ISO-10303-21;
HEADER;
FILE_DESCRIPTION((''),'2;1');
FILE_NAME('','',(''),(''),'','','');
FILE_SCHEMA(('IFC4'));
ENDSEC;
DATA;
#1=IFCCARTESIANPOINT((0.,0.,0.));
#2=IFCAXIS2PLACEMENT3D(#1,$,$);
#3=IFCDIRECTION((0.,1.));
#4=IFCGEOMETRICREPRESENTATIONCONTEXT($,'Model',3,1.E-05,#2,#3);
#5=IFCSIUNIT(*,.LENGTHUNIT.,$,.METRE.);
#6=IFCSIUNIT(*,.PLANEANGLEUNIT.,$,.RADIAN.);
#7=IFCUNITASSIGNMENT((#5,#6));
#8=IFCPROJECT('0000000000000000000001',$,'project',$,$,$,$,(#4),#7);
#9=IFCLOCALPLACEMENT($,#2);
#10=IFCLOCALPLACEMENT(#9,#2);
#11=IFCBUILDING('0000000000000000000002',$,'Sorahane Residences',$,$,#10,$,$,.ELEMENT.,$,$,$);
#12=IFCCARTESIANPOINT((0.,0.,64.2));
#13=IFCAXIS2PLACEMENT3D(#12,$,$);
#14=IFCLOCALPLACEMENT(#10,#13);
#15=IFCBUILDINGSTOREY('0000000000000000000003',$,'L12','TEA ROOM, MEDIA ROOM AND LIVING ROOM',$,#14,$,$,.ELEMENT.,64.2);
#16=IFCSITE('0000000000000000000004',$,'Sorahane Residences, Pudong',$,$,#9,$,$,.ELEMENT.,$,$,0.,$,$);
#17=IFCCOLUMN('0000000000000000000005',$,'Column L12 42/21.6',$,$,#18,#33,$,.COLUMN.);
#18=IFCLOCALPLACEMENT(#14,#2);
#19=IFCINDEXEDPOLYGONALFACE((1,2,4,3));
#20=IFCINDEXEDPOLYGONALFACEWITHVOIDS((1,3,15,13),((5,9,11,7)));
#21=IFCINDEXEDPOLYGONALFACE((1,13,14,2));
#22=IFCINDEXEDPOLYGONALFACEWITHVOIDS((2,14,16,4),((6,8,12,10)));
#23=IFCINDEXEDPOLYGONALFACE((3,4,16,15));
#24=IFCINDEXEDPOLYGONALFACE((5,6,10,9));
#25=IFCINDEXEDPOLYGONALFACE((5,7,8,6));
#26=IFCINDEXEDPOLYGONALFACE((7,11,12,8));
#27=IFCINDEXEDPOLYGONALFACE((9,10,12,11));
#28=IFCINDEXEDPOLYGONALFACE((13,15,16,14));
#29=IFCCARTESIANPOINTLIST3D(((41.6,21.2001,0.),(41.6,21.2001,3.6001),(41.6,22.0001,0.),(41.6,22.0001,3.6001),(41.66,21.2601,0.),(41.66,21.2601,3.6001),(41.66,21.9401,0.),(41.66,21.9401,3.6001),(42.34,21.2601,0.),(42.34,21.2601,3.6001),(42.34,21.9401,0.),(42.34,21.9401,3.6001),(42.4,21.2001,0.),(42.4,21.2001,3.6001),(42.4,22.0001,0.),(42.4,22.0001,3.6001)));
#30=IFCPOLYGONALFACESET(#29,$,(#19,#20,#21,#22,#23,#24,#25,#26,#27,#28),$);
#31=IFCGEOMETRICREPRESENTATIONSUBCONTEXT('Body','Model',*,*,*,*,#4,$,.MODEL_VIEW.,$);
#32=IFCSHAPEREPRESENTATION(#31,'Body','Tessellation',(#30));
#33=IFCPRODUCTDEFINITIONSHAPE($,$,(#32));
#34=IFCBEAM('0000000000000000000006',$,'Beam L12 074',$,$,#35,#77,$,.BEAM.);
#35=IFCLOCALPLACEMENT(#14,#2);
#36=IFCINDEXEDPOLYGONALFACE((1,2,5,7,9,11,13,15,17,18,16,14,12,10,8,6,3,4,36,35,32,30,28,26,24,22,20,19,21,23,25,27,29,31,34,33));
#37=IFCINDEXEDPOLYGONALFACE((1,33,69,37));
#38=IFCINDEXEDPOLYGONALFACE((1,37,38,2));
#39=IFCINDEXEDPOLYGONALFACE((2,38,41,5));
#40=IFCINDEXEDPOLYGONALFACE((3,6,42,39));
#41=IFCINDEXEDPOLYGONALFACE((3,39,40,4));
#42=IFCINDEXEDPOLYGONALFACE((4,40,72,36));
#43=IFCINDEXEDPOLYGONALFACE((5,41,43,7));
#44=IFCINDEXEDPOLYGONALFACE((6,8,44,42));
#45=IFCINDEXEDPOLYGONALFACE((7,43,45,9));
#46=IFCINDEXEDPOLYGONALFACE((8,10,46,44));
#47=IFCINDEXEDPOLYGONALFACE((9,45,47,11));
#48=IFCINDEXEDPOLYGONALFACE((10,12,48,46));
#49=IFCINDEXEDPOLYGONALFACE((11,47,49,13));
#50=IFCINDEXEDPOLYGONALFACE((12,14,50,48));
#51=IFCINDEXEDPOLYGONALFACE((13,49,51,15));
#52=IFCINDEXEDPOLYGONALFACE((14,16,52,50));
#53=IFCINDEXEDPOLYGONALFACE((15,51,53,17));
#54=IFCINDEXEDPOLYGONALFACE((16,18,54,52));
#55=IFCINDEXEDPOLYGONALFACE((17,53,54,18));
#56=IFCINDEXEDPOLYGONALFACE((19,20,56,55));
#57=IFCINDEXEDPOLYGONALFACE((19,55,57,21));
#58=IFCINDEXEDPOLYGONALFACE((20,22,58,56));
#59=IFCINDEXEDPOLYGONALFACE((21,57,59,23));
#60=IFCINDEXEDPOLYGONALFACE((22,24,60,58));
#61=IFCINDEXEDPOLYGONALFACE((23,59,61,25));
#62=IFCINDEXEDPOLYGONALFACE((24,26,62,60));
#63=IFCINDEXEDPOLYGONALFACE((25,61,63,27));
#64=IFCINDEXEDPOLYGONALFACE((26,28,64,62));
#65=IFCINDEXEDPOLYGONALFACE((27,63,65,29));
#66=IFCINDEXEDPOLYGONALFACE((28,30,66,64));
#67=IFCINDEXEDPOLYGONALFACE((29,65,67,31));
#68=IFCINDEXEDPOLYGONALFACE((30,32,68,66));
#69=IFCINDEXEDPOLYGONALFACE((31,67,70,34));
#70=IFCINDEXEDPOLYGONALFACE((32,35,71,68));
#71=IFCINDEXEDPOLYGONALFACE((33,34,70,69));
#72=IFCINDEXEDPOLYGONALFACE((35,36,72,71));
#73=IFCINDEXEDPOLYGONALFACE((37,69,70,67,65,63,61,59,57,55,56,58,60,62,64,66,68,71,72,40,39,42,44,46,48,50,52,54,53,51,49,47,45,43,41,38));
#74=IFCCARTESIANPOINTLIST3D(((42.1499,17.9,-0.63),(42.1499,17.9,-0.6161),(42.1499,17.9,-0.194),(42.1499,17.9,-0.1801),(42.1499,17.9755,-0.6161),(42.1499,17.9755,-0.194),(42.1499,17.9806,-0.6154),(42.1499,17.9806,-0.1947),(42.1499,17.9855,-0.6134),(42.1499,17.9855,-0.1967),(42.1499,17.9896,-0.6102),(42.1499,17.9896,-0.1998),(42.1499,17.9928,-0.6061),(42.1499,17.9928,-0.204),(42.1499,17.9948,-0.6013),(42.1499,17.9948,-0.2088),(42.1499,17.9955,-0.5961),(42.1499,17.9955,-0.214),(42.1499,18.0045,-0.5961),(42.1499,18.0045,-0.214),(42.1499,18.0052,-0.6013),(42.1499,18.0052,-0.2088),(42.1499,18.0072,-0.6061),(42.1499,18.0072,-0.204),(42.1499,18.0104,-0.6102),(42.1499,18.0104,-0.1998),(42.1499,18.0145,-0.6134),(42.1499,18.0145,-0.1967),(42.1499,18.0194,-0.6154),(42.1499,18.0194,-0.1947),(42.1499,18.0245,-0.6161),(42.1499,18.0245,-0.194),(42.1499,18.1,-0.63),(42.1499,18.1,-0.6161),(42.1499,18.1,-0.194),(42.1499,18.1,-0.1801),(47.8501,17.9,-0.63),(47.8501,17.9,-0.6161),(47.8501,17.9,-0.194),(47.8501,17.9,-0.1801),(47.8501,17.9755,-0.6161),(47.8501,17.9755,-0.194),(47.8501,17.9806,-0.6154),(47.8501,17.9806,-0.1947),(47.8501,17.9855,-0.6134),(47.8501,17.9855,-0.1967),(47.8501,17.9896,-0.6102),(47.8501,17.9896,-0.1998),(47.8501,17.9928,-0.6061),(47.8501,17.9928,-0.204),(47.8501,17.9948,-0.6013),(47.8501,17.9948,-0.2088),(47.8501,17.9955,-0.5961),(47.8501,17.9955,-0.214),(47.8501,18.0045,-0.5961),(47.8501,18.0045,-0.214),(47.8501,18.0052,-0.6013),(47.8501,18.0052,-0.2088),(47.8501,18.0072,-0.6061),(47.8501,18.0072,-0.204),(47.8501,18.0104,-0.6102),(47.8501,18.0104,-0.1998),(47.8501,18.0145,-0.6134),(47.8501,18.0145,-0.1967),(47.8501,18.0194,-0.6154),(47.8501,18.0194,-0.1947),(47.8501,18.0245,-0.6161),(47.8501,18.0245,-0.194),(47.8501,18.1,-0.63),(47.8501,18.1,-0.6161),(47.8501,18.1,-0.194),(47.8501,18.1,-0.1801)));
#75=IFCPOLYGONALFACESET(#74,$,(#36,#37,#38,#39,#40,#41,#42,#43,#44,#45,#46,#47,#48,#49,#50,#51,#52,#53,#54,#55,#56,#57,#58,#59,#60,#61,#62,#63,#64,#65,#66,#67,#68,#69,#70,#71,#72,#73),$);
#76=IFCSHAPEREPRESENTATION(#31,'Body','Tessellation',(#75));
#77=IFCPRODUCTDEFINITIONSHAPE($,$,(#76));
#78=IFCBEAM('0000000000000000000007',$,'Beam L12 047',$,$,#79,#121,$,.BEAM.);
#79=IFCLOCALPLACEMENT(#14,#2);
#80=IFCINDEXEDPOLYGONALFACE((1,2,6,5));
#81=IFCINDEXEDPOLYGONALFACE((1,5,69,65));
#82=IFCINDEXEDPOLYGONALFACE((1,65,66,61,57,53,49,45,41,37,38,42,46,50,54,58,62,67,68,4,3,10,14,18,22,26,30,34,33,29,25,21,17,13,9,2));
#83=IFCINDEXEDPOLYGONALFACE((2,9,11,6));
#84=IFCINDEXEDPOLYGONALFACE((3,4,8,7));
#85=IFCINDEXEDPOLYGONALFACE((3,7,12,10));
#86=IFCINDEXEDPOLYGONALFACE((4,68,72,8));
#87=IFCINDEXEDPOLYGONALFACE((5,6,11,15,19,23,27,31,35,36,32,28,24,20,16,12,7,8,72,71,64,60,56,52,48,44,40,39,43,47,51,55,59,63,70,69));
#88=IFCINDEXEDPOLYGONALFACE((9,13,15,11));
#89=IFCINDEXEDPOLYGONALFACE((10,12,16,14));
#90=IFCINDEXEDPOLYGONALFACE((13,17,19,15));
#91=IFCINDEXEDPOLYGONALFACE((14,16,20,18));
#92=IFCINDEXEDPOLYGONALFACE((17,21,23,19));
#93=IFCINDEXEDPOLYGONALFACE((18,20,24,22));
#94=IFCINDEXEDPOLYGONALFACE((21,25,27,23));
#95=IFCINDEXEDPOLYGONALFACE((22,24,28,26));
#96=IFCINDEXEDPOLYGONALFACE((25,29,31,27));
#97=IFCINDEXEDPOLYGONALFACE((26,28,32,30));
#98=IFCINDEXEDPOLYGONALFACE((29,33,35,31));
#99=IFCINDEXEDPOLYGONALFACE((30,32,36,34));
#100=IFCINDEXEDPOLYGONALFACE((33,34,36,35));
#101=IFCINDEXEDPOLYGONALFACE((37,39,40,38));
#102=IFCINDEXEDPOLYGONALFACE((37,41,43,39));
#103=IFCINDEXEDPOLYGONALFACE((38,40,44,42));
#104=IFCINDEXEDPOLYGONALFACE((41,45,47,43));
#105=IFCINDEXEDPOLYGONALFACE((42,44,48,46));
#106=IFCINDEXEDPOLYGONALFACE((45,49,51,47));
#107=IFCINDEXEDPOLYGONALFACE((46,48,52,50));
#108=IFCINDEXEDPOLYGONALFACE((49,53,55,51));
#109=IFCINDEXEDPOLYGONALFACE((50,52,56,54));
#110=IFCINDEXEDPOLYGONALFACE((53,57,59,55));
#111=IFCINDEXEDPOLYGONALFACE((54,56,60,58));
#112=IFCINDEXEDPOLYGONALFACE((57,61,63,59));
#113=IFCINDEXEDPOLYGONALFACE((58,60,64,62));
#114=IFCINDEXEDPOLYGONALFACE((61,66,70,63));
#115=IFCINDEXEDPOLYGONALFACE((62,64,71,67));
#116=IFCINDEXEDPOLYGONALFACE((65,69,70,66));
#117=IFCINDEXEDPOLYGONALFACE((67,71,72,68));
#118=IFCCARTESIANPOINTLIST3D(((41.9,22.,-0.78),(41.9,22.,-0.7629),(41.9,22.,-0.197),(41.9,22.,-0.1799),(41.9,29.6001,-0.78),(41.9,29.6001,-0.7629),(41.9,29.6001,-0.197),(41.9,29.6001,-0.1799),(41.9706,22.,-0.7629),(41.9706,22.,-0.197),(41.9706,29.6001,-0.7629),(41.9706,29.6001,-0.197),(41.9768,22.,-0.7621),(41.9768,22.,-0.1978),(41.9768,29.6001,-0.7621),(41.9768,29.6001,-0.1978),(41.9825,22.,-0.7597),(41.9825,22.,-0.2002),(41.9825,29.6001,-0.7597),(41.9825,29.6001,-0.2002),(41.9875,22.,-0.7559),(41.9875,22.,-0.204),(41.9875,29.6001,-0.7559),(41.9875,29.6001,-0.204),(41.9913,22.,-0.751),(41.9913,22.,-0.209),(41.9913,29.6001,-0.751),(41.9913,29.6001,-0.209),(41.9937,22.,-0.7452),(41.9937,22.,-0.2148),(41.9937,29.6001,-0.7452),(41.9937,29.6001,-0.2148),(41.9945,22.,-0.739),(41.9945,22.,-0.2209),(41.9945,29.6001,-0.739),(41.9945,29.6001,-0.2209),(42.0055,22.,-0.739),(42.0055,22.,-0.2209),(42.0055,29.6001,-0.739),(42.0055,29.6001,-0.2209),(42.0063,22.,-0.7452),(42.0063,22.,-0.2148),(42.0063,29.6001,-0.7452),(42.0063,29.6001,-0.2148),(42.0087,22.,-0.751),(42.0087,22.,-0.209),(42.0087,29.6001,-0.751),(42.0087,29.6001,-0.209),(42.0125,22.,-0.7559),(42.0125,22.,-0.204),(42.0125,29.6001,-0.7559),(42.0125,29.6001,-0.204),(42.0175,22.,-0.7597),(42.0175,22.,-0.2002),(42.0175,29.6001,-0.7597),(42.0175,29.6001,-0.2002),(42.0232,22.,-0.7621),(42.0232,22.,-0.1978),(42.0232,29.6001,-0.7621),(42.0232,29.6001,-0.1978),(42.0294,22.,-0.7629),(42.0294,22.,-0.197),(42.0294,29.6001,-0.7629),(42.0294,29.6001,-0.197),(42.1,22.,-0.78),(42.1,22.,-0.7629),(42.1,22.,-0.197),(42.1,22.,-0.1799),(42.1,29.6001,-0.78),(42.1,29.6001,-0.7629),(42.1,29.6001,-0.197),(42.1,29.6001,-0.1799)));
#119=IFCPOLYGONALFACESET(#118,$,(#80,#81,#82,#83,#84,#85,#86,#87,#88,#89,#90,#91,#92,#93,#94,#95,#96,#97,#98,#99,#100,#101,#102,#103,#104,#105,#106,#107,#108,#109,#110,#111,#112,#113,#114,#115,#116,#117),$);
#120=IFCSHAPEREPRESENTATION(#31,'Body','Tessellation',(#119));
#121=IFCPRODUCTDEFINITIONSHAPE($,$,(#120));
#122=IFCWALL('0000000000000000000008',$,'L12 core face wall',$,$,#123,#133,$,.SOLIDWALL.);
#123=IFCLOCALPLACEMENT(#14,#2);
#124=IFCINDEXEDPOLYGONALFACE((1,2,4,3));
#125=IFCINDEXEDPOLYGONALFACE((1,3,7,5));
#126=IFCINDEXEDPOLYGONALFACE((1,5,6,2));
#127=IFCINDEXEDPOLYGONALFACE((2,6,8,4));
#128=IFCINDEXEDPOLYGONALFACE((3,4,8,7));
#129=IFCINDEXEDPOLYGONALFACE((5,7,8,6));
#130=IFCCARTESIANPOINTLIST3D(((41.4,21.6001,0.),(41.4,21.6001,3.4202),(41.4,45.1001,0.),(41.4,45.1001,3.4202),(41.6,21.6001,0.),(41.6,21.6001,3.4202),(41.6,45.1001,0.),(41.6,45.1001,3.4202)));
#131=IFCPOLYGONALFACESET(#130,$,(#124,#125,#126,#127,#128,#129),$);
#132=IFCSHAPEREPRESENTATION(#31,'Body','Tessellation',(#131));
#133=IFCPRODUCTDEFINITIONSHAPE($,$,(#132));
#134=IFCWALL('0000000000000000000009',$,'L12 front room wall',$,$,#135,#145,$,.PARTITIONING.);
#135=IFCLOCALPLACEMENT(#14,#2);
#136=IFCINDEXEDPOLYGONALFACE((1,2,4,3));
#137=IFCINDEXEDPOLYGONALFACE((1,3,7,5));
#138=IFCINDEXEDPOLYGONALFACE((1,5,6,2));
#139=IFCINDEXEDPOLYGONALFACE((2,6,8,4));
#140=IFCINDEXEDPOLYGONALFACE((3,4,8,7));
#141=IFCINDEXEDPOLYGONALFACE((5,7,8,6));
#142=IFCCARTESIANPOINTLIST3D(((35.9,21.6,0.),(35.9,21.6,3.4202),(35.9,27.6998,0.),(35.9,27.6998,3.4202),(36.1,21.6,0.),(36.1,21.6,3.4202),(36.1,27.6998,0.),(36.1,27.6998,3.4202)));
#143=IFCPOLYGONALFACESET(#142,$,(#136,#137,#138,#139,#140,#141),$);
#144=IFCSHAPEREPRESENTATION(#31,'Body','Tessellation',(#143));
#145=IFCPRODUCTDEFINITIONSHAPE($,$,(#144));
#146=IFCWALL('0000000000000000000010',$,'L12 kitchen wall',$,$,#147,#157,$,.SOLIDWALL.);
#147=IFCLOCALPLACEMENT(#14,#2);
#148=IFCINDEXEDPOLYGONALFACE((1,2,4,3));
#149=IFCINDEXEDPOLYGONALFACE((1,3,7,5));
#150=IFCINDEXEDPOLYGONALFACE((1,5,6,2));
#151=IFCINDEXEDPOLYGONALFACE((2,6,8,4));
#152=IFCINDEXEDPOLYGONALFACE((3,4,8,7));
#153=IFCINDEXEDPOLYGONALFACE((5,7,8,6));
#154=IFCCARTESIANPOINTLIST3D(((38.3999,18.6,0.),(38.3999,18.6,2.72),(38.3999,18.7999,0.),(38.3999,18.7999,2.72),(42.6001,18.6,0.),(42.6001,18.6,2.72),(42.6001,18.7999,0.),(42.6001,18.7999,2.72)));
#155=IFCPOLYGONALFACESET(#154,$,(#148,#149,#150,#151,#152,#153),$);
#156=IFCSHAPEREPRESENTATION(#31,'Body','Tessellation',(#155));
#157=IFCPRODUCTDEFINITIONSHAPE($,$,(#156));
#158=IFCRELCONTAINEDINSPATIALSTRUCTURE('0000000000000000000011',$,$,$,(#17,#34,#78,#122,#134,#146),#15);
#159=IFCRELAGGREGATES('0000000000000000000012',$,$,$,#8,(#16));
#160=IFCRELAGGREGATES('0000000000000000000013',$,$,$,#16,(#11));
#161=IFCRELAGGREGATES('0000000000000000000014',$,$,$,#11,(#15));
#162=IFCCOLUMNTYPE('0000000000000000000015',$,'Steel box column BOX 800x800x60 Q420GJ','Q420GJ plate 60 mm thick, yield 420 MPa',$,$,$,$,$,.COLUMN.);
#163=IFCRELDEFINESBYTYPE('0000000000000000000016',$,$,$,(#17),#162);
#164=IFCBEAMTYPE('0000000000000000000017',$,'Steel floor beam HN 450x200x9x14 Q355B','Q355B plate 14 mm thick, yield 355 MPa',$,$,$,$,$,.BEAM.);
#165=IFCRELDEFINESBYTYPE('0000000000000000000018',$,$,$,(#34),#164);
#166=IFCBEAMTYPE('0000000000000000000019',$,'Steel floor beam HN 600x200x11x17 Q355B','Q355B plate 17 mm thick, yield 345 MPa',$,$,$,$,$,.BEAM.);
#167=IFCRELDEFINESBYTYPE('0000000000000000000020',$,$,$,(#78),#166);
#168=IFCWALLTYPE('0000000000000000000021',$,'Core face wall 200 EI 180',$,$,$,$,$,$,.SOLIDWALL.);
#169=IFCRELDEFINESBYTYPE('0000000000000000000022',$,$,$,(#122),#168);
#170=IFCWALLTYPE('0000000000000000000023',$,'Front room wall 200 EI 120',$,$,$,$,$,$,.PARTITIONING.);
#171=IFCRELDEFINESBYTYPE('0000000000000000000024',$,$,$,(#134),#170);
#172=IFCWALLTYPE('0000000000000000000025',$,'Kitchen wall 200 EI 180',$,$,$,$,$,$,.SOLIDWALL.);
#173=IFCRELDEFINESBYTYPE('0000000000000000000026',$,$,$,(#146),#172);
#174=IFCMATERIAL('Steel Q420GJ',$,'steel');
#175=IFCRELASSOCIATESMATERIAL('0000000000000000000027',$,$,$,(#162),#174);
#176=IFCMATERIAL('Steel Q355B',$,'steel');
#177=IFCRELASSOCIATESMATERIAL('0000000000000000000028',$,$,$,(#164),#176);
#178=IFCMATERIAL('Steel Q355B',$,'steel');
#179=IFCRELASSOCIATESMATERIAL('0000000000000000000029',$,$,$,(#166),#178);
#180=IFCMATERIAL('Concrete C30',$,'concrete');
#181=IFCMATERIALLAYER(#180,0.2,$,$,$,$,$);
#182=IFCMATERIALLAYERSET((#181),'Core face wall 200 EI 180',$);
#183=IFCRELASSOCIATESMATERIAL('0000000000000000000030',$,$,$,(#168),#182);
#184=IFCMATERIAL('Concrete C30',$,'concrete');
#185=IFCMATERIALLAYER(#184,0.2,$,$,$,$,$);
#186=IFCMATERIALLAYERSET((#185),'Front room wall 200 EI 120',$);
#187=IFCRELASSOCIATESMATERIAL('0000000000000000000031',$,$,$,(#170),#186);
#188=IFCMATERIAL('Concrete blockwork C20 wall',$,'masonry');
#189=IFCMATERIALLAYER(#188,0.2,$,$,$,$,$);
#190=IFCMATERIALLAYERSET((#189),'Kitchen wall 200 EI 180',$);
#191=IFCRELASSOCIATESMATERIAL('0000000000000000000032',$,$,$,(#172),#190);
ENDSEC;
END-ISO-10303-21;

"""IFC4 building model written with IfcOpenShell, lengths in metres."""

from ifc_helpers import new_model, si_unit, direction, frame, frame_2d, origin, origin_2d, place, context, subcontext, project, spatial, rectangle, hollow_rectangle, i_section, extrude, material, layer, layer_set, material_profile, profile_set, type_object, element, save


model = new_model("IFC4")

# Units and contexts
model_context = context("Model", 3, precision=1e-05, world=origin(), true_north=direction((0.0, 1.0)))
body_context = subcontext(model_context, "Body", "Model", "MODEL_VIEW")
ifc_project = project(units=[si_unit("LENGTHUNIT", "METRE"), si_unit("PLANEANGLEUNIT", "RADIAN")], contexts=[model_context])

# Site, building, storey
site_placement = place(None, origin())
site = spatial("IfcSite", under=ifc_project, at=site_placement, Name="Sorahane Residences, Pudong", CompositionType="ELEMENT", RefElevation=0.0)
building_placement = place(site_placement, origin())
building = spatial("IfcBuilding", under=site, at=building_placement, Name="Sorahane Residences", CompositionType="ELEMENT")
storey_placement = place(building_placement, frame((0.0, 0.0, 64.2)))
storey = spatial("IfcBuildingStorey", under=building, at=storey_placement, Name="L12", Description="TEA ROOM, MEDIA ROOM AND LIVING ROOM", CompositionType="ELEMENT", Elevation=64.2)

# Column
ifc_material_1 = material(Name="Steel Q420GJ", Category="steel")
ifc_material_profile_1 = material_profile(ifc_material_1, hollow_rectangle(XDim=0.8, YDim=0.8, WallThickness=0.0601, at=origin_2d()), Name="BOX 800x800x60")
ifc_profile_set_1 = profile_set([ifc_material_profile_1], Name="Steel Q420GJ")
column_type = type_object("IfcColumnType", Name="Steel box column BOX 800x800x60 Q420GJ", Description="Q420GJ plate 60 mm thick, yield 420 MPa", PredefinedType="COLUMN", material=ifc_profile_set_1)
column_placement = place(storey_placement, frame((42.0, 21.6001, 0.0), z_axis=(0.0, 0.0, 1.0), x_axis=(1.0, 0.0, 0.0)))
element("IfcColumn", 1, at=column_placement, inside=storey, type_object=column_type, Name="Column L12 42/21.6", PredefinedType="COLUMN", context=body_context, shape_type="SweptSolid", body=[
    extrude(hollow_rectangle(XDim=0.8, YDim=0.8, WallThickness=0.0601, at=origin_2d()), origin(), (0.0, 0.0, 1.0), 3.6001),
])

# Beams
ifc_material_2 = material(Name="Steel Q355B", Category="steel")
ifc_material_profile_2 = material_profile(ifc_material_2, i_section(OverallWidth=0.2, OverallDepth=0.45, WebThickness=0.009, FlangeThickness=0.0139, FilletRadius=0.02, at=origin_2d()), Name="HN 450x200x9x14")
ifc_profile_set_2 = profile_set([ifc_material_profile_2], Name="Steel Q355B")
beam_type_1 = type_object("IfcBeamType", Name="Steel floor beam HN 450x200x9x14 Q355B", Description="Q355B plate 14 mm thick, yield 355 MPa", PredefinedType="BEAM", material=ifc_profile_set_2)
beam_1_placement = place(storey_placement, frame((42.1499, 18.0, -0.405), z_axis=(1.0, 0.0, 0.0), x_axis=(0.0, 1.0, 0.0)))
element("IfcBeam", 2, at=beam_1_placement, inside=storey, type_object=beam_type_1, Name="Beam L12 074", PredefinedType="BEAM", context=body_context, shape_type="SweptSolid", body=[
    extrude(i_section(OverallWidth=0.2, OverallDepth=0.45, WebThickness=0.009, FlangeThickness=0.0139, FilletRadius=0.02, at=origin_2d()), origin(), (0.0, 0.0, 1.0), 5.7002),
])
ifc_material_3 = material(Name="Steel Q355B", Category="steel")
ifc_material_profile_3 = material_profile(ifc_material_3, i_section(OverallWidth=0.2, OverallDepth=0.6001, WebThickness=0.011, FlangeThickness=0.0171, FilletRadius=0.0239, at=origin_2d()), Name="HN 600x200x11x17")
ifc_profile_set_3 = profile_set([ifc_material_profile_3], Name="Steel Q355B")
beam_type_2 = type_object("IfcBeamType", Name="Steel floor beam HN 600x200x11x17 Q355B", Description="Q355B plate 17 mm thick, yield 345 MPa", PredefinedType="BEAM", material=ifc_profile_set_3)
beam_2_placement = place(storey_placement, frame((42.0, 22.0, -0.48), z_axis=(0.0, 1.0, 0.0), x_axis=(-1.0, 0.0, 0.0)))
element("IfcBeam", 3, at=beam_2_placement, inside=storey, type_object=beam_type_2, Name="Beam L12 047", PredefinedType="BEAM", context=body_context, shape_type="SweptSolid", body=[
    extrude(i_section(OverallWidth=0.2, OverallDepth=0.6001, WebThickness=0.011, FlangeThickness=0.0171, FilletRadius=0.0239, at=origin_2d()), origin(), (0.0, 0.0, 1.0), 7.6001),
])

# Walls
ifc_material_4 = material(Name="Concrete C30", Category="concrete")
ifc_layer_1 = layer(ifc_material_4, 0.2)
ifc_layer_set_1 = layer_set([ifc_layer_1], Name="Core face wall 200 EI 180")
wall_type_1 = type_object("IfcWallType", Name="Core face wall 200 EI 180", PredefinedType="SOLIDWALL", material=ifc_layer_set_1)
wall_1_placement = place(storey_placement, frame((41.5, 21.6001, 0.0), z_axis=(0.0, 0.0, 1.0), x_axis=(0.0, 1.0, 0.0)))
element("IfcWall", 4, at=wall_1_placement, inside=storey, type_object=wall_type_1, Name="L12 core face wall", PredefinedType="SOLIDWALL", context=body_context, shape_type="SweptSolid", body=[
    extrude(rectangle(XDim=23.5, YDim=0.2, at=frame_2d((11.75, 0.0))), origin(), (0.0, 0.0, 1.0), 3.4202),
])
ifc_material_5 = material(Name="Concrete C30", Category="concrete")
ifc_layer_2 = layer(ifc_material_5, 0.2)
ifc_layer_set_2 = layer_set([ifc_layer_2], Name="Front room wall 200 EI 120")
wall_type_2 = type_object("IfcWallType", Name="Front room wall 200 EI 120", PredefinedType="PARTITIONING", material=ifc_layer_set_2)
wall_2_placement = place(storey_placement, frame((36.0, 21.6001, 0.0), z_axis=(0.0, 0.0, 1.0), x_axis=(0.0, 1.0, 0.0)))
element("IfcWall", 5, at=wall_2_placement, inside=storey, type_object=wall_type_2, Name="L12 front room wall", PredefinedType="PARTITIONING", context=body_context, shape_type="SweptSolid", body=[
    extrude(rectangle(XDim=6.0999, YDim=0.2, at=frame_2d((3.0498, 0.0))), origin(), (0.0, 0.0, 1.0), 3.4202),
])
ifc_material_6 = material(Name="Concrete blockwork C20 wall", Category="masonry")
ifc_layer_3 = layer(ifc_material_6, 0.2)
ifc_layer_set_3 = layer_set([ifc_layer_3], Name="Kitchen wall 200 EI 180")
wall_type_3 = type_object("IfcWallType", Name="Kitchen wall 200 EI 180", PredefinedType="SOLIDWALL", material=ifc_layer_set_3)
wall_3_placement = place(storey_placement, frame((38.3999, 18.7, 0.0), z_axis=(0.0, 0.0, 1.0), x_axis=(1.0, 0.0, 0.0)))
element("IfcWall", 6, at=wall_3_placement, inside=storey, type_object=wall_type_3, Name="L12 kitchen wall", PredefinedType="SOLIDWALL", context=body_context, shape_type="SweptSolid", body=[
    extrude(rectangle(XDim=4.2002, YDim=0.2, at=frame_2d((2.1001, 0.0))), origin(), (0.0, 0.0, 1.0), 2.72),
])

save(model, "model.ifc")
